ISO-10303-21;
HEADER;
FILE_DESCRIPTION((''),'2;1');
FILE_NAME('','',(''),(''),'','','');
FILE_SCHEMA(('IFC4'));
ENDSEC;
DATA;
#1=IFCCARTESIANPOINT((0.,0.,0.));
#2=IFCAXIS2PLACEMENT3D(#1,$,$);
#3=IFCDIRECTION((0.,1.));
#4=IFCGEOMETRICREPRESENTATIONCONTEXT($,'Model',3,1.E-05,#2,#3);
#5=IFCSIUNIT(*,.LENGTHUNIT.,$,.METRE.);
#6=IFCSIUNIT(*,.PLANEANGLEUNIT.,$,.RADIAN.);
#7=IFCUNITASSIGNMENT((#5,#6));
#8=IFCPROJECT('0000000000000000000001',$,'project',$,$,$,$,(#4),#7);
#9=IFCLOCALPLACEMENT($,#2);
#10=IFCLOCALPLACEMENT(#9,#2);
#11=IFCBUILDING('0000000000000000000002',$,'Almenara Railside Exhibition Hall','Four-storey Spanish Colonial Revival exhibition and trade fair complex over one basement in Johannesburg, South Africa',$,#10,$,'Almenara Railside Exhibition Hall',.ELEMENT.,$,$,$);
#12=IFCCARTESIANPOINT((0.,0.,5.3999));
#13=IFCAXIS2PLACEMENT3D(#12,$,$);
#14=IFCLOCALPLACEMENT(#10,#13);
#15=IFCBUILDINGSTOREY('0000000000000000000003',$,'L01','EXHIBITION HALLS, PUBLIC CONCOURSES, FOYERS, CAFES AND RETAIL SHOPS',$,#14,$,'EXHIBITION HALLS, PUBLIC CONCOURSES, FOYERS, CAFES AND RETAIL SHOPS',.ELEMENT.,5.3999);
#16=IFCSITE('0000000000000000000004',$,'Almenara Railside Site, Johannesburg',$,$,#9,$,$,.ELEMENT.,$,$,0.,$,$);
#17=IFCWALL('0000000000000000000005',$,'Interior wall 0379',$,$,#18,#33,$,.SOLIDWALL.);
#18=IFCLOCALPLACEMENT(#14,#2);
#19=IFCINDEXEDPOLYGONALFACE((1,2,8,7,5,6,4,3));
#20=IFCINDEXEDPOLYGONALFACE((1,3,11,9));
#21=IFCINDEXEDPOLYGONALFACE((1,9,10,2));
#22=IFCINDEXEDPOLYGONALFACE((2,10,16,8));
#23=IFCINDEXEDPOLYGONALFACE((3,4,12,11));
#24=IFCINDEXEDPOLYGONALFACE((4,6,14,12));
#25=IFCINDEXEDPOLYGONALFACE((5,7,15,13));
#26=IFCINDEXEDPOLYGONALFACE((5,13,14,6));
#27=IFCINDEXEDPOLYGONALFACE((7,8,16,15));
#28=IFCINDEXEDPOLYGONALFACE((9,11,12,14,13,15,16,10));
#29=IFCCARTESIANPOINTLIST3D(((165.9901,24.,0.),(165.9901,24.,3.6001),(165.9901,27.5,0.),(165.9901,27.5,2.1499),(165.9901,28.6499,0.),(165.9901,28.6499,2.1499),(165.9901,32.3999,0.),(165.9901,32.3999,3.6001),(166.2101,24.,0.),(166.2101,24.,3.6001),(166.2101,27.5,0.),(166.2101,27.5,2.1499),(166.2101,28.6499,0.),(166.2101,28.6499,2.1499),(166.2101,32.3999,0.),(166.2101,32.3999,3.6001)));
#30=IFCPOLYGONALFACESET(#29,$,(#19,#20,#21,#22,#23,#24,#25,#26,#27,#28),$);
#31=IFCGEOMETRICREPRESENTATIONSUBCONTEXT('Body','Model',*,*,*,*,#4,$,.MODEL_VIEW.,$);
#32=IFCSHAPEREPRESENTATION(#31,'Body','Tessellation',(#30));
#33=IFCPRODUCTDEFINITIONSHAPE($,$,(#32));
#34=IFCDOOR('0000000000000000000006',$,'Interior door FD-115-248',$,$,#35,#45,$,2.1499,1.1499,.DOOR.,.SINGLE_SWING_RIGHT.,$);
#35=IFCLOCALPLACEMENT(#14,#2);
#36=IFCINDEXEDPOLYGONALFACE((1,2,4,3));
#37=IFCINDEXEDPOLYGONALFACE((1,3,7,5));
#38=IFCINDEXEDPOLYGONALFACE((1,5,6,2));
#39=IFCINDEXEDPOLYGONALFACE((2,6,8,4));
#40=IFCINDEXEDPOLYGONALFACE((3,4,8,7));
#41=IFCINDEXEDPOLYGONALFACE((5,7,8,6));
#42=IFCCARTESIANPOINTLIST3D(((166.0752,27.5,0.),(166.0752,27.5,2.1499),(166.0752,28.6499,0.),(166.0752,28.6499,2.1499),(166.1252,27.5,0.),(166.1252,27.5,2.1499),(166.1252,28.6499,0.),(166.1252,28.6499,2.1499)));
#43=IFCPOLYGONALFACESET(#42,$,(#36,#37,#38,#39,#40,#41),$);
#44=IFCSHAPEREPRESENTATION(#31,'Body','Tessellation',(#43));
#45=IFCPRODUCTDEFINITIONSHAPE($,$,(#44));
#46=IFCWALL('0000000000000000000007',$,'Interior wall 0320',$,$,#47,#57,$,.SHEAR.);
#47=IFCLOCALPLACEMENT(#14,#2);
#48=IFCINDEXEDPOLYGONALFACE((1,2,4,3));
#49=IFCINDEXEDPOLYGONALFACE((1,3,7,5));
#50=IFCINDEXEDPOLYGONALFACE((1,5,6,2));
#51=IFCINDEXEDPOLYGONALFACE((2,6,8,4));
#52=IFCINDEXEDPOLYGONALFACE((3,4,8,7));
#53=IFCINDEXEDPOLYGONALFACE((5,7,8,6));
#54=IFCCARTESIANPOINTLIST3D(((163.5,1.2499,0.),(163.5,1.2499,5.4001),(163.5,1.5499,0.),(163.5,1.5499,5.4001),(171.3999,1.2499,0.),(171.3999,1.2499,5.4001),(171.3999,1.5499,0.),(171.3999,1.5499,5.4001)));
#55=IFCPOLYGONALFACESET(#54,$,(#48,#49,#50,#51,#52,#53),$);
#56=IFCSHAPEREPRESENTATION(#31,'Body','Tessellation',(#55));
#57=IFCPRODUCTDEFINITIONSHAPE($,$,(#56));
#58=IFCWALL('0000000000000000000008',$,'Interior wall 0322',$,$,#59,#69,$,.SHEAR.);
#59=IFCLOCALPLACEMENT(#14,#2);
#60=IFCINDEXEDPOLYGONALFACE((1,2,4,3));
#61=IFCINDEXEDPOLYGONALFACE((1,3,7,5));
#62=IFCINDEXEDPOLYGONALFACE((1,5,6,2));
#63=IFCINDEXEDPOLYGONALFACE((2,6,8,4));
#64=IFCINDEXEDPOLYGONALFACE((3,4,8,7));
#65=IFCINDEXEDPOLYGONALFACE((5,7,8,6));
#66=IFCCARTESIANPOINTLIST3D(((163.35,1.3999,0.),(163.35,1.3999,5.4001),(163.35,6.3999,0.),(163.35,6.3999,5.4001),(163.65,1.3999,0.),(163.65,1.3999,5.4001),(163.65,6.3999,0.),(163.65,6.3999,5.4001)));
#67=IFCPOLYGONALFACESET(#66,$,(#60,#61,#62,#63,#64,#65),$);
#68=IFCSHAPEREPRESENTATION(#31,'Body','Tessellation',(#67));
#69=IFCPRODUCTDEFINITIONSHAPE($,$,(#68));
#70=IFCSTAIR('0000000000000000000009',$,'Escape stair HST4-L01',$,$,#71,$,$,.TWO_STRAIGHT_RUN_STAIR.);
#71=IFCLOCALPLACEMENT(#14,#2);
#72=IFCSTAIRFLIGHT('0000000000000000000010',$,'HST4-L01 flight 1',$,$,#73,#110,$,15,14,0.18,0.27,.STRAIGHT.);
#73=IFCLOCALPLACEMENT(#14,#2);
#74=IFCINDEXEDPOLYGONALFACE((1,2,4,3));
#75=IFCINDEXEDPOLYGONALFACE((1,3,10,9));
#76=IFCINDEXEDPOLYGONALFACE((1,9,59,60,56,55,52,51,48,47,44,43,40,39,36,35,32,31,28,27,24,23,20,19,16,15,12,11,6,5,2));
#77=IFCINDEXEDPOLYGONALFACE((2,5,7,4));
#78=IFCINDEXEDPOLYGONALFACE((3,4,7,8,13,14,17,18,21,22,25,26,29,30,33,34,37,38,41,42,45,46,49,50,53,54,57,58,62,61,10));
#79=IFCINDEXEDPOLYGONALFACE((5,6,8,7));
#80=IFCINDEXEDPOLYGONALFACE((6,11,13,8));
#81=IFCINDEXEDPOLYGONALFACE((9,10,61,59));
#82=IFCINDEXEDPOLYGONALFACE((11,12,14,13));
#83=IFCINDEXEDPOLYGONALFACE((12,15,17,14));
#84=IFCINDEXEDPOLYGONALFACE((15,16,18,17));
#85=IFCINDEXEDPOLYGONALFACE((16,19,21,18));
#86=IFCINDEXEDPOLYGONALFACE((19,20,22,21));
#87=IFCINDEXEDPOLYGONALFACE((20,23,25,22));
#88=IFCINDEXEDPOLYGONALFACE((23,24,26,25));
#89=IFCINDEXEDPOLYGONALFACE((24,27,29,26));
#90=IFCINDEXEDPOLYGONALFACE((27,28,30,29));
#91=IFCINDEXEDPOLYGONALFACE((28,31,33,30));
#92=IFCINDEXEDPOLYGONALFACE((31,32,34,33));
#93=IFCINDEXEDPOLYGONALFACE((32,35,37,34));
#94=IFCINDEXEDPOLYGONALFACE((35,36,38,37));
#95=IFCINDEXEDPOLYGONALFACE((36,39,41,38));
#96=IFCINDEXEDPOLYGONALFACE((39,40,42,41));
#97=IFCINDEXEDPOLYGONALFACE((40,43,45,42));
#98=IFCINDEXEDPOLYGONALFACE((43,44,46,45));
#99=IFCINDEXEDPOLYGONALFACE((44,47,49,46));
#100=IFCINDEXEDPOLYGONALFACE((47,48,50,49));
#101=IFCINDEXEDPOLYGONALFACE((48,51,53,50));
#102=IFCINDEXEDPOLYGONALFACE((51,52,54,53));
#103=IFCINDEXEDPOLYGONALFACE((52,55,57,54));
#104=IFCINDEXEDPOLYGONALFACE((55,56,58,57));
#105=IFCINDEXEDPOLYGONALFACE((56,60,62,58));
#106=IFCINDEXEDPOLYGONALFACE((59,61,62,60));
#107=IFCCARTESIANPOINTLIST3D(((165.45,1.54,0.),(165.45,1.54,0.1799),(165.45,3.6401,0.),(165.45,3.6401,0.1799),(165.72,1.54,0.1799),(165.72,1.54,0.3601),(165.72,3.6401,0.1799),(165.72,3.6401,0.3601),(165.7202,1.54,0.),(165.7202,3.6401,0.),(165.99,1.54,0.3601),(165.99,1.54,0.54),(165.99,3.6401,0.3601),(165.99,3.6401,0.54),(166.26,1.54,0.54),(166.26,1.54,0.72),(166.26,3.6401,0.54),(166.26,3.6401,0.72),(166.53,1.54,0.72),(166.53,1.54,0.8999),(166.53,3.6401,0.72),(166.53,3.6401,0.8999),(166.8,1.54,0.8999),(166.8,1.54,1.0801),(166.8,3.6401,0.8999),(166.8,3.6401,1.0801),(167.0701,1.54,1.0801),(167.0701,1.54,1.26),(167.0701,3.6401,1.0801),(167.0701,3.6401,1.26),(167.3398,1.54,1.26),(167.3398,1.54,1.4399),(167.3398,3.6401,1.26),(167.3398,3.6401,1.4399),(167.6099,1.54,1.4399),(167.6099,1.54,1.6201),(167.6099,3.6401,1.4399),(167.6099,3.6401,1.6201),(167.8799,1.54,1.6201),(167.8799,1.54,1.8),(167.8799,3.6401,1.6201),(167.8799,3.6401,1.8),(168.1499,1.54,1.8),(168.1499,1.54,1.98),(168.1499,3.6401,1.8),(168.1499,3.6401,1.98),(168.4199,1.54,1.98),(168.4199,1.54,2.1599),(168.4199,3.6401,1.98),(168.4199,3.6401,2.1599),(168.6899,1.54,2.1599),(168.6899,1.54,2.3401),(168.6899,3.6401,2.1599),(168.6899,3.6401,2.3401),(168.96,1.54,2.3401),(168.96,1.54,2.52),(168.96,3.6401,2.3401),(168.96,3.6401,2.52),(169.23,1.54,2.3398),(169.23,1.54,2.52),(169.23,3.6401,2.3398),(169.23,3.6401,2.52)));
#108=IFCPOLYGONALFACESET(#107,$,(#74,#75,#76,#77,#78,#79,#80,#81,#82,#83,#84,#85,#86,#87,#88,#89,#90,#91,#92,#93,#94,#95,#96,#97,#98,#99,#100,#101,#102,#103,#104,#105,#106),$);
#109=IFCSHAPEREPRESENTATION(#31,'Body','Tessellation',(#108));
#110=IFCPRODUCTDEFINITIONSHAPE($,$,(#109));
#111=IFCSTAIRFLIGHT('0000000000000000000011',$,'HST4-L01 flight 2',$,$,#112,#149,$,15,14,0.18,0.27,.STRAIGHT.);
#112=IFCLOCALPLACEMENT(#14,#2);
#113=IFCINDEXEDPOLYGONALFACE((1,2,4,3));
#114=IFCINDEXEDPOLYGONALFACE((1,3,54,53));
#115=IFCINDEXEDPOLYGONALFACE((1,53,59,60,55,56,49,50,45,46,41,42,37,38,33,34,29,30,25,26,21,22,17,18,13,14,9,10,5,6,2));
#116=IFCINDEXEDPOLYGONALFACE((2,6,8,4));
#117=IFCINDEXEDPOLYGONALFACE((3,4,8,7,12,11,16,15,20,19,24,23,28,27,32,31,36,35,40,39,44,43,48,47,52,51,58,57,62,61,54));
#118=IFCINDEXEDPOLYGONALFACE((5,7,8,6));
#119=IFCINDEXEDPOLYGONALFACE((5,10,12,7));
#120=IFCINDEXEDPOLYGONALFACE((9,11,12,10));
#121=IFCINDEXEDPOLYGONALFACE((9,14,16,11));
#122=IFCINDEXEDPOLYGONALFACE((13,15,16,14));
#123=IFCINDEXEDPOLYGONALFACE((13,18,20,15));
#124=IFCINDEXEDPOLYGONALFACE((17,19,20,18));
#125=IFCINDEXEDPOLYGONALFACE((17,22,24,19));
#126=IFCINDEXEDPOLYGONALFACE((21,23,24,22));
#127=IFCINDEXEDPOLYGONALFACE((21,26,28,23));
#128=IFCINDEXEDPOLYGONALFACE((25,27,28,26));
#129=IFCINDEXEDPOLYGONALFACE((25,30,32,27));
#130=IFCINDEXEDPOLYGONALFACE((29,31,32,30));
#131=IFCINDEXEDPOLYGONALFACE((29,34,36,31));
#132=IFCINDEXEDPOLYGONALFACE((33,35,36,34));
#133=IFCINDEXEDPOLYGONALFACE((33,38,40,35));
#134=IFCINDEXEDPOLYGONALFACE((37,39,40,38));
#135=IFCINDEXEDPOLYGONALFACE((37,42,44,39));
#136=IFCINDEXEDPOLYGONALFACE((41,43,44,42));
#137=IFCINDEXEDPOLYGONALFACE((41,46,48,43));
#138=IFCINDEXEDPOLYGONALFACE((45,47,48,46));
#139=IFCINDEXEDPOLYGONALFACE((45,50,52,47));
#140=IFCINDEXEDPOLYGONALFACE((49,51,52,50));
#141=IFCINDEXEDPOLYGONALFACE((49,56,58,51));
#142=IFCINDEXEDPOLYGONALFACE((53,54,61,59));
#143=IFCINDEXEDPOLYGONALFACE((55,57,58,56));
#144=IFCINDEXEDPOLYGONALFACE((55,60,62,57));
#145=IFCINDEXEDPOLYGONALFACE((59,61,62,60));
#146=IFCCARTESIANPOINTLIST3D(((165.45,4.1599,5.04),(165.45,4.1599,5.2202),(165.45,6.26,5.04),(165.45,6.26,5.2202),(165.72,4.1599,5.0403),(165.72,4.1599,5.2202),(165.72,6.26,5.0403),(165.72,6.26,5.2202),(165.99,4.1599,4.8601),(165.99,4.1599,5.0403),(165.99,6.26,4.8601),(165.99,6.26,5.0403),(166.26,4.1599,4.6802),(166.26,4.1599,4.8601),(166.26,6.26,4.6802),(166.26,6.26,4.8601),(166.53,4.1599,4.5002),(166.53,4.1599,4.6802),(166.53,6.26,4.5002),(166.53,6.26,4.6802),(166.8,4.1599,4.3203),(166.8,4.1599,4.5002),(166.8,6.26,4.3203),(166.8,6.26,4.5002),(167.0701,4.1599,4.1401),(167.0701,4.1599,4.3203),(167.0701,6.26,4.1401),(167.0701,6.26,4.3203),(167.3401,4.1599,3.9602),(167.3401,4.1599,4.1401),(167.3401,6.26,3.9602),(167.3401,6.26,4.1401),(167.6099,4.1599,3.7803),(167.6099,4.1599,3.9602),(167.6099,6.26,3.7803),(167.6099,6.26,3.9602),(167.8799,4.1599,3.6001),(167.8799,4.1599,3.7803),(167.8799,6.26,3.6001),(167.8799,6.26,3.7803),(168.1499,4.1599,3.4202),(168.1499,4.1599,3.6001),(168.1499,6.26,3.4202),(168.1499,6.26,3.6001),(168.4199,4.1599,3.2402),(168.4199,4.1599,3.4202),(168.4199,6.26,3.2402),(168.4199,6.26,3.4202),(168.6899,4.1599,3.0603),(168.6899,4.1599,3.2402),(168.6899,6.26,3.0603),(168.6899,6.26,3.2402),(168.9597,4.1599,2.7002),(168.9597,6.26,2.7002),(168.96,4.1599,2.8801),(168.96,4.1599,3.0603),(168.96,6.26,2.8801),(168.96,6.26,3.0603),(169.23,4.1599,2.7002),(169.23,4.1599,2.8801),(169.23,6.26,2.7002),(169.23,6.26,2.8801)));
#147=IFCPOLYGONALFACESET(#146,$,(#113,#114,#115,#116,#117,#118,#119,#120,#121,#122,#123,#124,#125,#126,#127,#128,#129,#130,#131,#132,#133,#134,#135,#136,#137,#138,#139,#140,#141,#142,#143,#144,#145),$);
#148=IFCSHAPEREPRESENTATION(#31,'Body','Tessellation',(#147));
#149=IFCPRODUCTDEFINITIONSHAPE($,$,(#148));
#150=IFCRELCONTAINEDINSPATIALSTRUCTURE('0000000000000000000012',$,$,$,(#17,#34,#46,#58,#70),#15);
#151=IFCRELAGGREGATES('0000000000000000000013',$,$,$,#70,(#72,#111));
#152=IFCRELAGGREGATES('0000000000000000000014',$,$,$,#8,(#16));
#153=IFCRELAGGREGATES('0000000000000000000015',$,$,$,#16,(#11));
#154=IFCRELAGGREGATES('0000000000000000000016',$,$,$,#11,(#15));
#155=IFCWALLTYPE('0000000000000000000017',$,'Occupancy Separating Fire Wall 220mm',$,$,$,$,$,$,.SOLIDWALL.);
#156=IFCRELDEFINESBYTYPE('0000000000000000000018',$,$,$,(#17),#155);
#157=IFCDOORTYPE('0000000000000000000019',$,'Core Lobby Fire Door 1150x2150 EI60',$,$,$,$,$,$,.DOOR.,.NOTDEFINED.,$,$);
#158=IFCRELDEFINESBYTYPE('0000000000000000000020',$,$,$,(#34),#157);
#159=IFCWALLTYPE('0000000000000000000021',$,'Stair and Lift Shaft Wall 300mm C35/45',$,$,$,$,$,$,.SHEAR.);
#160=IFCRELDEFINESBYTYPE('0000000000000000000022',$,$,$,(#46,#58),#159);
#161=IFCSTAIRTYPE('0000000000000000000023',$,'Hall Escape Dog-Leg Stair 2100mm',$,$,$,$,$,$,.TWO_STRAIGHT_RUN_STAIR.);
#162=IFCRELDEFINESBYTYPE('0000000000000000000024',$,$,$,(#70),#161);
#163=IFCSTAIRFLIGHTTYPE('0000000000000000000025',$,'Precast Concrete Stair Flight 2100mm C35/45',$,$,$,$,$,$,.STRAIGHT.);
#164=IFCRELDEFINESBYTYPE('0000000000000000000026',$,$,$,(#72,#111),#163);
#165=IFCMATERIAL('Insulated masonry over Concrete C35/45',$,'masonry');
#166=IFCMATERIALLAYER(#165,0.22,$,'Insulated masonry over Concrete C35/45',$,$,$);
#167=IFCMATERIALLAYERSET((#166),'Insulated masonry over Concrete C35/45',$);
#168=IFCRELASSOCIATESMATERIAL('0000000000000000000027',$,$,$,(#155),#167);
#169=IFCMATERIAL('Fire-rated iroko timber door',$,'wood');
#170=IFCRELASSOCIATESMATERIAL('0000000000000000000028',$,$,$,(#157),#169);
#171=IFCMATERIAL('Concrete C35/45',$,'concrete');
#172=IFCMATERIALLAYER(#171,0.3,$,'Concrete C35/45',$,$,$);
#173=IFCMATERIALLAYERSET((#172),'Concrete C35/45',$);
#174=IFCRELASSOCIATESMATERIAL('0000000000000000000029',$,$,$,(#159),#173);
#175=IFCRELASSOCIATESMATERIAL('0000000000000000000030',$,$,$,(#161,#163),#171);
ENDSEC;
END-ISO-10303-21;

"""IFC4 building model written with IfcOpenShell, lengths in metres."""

from ifc_helpers import new_model, si_unit, direction, frame, frame_2d, origin, place, context, subcontext, project, spatial, polyline, rectangle, outline, extrude, material, layer, layer_set, type_object, element, fill, aggregate, save


model = new_model("IFC4")

# Units and contexts
model_context = context("Model", 3, precision=1e-05, world=origin(), true_north=direction((0.0, 1.0)))
body_context = subcontext(model_context, "Body", "Model", "MODEL_VIEW")
ifc_project = project(units=[si_unit("LENGTHUNIT", "METRE"), si_unit("PLANEANGLEUNIT", "RADIAN")], contexts=[model_context])

# Site, building, storey
site_placement = place(None, origin())
site = spatial("IfcSite", under=ifc_project, at=site_placement, Name="Almenara Railside Site, Johannesburg", CompositionType="ELEMENT", RefElevation=0.0)
building_placement = place(site_placement, origin())
building = spatial("IfcBuilding", under=site, at=building_placement, Name="Almenara Railside Exhibition Hall", Description="Four-storey Spanish Colonial Revival exhibition and trade fair complex over one basement in Johannesburg, South Africa", LongName="Almenara Railside Exhibition Hall", CompositionType="ELEMENT")
storey_placement = place(building_placement, frame((0.0, 0.0, 5.3999)))
storey = spatial("IfcBuildingStorey", under=building, at=storey_placement, Name="L01", Description="EXHIBITION HALLS, PUBLIC CONCOURSES, FOYERS, CAFES AND RETAIL SHOPS", LongName="EXHIBITION HALLS, PUBLIC CONCOURSES, FOYERS, CAFES AND RETAIL SHOPS", CompositionType="ELEMENT", Elevation=5.3999)

# Shared definitions
ifc_material_1 = material(Name="Concrete C35/45", Category="concrete")

# Wall, opening, door
ifc_material_2 = material(Name="Insulated masonry over Concrete C35/45", Category="masonry")
ifc_layer_1 = layer(ifc_material_2, 0.22, Name="Insulated masonry over Concrete C35/45")
ifc_layer_set_1 = layer_set([ifc_layer_1], Name="Insulated masonry over Concrete C35/45")
wall_type_1 = type_object("IfcWallType", Name="Occupancy Separating Fire Wall 220mm", PredefinedType="SOLIDWALL", material=ifc_layer_set_1)
wall_1_placement = place(storey_placement, frame((166.1001, 24.0, 0.0), z_axis=(0.0, 0.0, 1.0), x_axis=(0.0, 1.0, 0.0)))
wall_1 = element("IfcWall", 1, at=wall_1_placement, inside=storey, type_object=wall_type_1, Name="Interior wall 0379", PredefinedType="SOLIDWALL", context=body_context, shape_type="SweptSolid", body=[
    extrude(rectangle(XDim=8.3999, YDim=0.22, at=frame_2d((4.2, 0.0))), origin(), (0.0, 0.0, 1.0), 3.6001),
])
opening_1_placement = place(wall_1_placement, frame((3.5, 0.0, 0.0)))
opening_1 = element("IfcOpeningElement", 2, at=opening_1_placement, cuts=wall_1, PredefinedType="OPENING", context=body_context, shape_type="SweptSolid", body=[
    extrude(rectangle(XDim=1.1499, YDim=2.1499, at=frame_2d((0.575, 1.075))), frame((0.0, 0.1199, 0.0), z_axis=(0.0, -1.0, 0.0), x_axis=(1.0, 0.0, 0.0)), (0.0, 0.0, 1.0), 0.24),
])
ifc_material_3 = material(Name="Fire-rated iroko timber door", Category="wood")
door_type = type_object("IfcDoorType", Name="Core Lobby Fire Door 1150x2150 EI60", OperationType="NOTDEFINED", PredefinedType="DOOR", material=ifc_material_3)
door_placement = place(opening_1_placement, origin())
door = element("IfcDoor", 3, at=door_placement, inside=storey, type_object=door_type, Name="Interior door FD-115-248", OperationType="SINGLE_SWING_RIGHT", OverallHeight=2.1499, OverallWidth=1.1499, PredefinedType="DOOR", context=body_context, shape_type="SweptSolid", body=[
    extrude(rectangle(XDim=1.1499, YDim=2.1499, at=frame_2d((0.575, 1.075))), frame((0.0, 0.0249, 0.0), z_axis=(0.0, -1.0, 0.0), x_axis=(1.0, 0.0, 0.0)), (0.0, 0.0, 1.0), 0.05),
])
fill(opening_1, door)

# Walls
ifc_layer_2 = layer(ifc_material_1, 0.3, Name="Concrete C35/45")
ifc_layer_set_2 = layer_set([ifc_layer_2], Name="Concrete C35/45")
wall_type_2 = type_object("IfcWallType", Name="Stair and Lift Shaft Wall 300mm C35/45", PredefinedType="SHEAR", material=ifc_layer_set_2)
wall_2_placement = place(storey_placement, frame((163.5, 1.3999, 0.0), z_axis=(0.0, 0.0, 1.0), x_axis=(1.0, 0.0, 0.0)))
element("IfcWall", 4, at=wall_2_placement, inside=storey, type_object=wall_type_2, Name="Interior wall 0320", PredefinedType="SHEAR", context=body_context, shape_type="SweptSolid", body=[
    extrude(rectangle(XDim=7.8999, YDim=0.3, at=frame_2d((3.95, 0.0))), origin(), (0.0, 0.0, 1.0), 5.4001),
])
wall_3_placement = place(storey_placement, frame((163.5, 6.3999, 0.0), z_axis=(0.0, 0.0, 1.0), x_axis=(0.0, -1.0, 0.0)))
element("IfcWall", 5, at=wall_3_placement, inside=storey, type_object=wall_type_2, Name="Interior wall 0322", PredefinedType="SHEAR", context=body_context, shape_type="SweptSolid", body=[
    extrude(rectangle(XDim=5.0, YDim=0.3, at=frame_2d((2.5, 0.0))), origin(), (0.0, 0.0, 1.0), 5.4001),
])

# Stair, stair flights
stair_type = type_object("IfcStairType", Name="Hall Escape Dog-Leg Stair 2100mm", PredefinedType="TWO_STRAIGHT_RUN_STAIR", material=ifc_material_1)
stair_placement = place(storey_placement, origin())
stair = element("IfcStair", 6, at=stair_placement, inside=storey, type_object=stair_type, Name="Escape stair HST4-L01", PredefinedType="TWO_STRAIGHT_RUN_STAIR")
stair_flight_type = type_object("IfcStairFlightType", Name="Precast Concrete Stair Flight 2100mm C35/45", PredefinedType="STRAIGHT", material=ifc_material_1)
stair_flight_1_placement = place(storey_placement, frame((165.45, 2.5901, 0.0), z_axis=(0.0, 0.0, 1.0), x_axis=(1.0, 0.0, 0.0)))
stair_flight_1 = element("IfcStairFlight", 7, at=stair_flight_1_placement, type_object=stair_flight_type, Name="HST4-L01 flight 1", NumberOfRisers=15, NumberOfTreads=14, PredefinedType="STRAIGHT", RiserHeight=0.18, TreadLength=0.27, context=body_context, shape_type="SweptSolid", body=[
    extrude(outline(polyline([(0.0, 0.0), (0.0, 0.1799), (0.27, 0.1799), (0.27, 0.3601), (0.54, 0.3601), (0.54, 0.54), (0.8101, 0.54), (0.8101, 0.72), (1.0801, 0.72), (1.0801, 0.8999), (1.3501, 0.8999), (1.3501, 1.0801), (1.6201, 1.0801), (1.6201, 1.26), (1.8899, 1.26), (1.8899, 1.4399), (2.1599, 1.4399), (2.1599, 1.6201), (2.4299, 1.6201), (2.4299, 1.8), (2.7, 1.8), (2.7, 1.98), (2.97, 1.98), (2.97, 2.1599), (3.24, 2.1599), (3.24, 2.3401), (3.51, 2.3401), (3.51, 2.52), (3.78, 2.52), (3.78, 2.7), (3.78, 2.3398), (0.2703, 0.0), (0.0, 0.0)])), frame((0.0, 1.05, 0.0), z_axis=(0.0, -1.0, 0.0), x_axis=(1.0, 0.0, 0.0)), (0.0, 0.0, 1.0), 2.1001),
])
stair_flight_2_placement = place(storey_placement, frame((169.23, 5.21, 2.7002), z_axis=(0.0, 0.0, 1.0), x_axis=(-1.0, 0.0, 0.0)))
stair_flight_2 = element("IfcStairFlight", 8, at=stair_flight_2_placement, type_object=stair_flight_type, Name="HST4-L01 flight 2", NumberOfRisers=15, NumberOfTreads=14, PredefinedType="STRAIGHT", RiserHeight=0.18, TreadLength=0.27, context=body_context, shape_type="SweptSolid", body=[
    extrude(outline(polyline([(0.0, 0.0), (0.0, 0.1799), (0.27, 0.1799), (0.27, 0.3601), (0.54, 0.3601), (0.54, 0.54), (0.8101, 0.54), (0.8101, 0.72), (1.0801, 0.72), (1.0801, 0.8999), (1.3501, 0.8999), (1.3501, 1.0801), (1.6201, 1.0801), (1.6201, 1.26), (1.8899, 1.26), (1.8899, 1.4399), (2.1599, 1.4399), (2.1599, 1.6201), (2.4299, 1.6201), (2.4299, 1.8), (2.7, 1.8), (2.7, 1.98), (2.97, 1.98), (2.97, 2.1599), (3.24, 2.1599), (3.24, 2.3401), (3.51, 2.3401), (3.51, 2.52), (3.78, 2.52), (3.78, 2.7), (3.78, 2.3398), (0.2703, 0.0), (0.0, 0.0)])), frame((0.0, 1.05, 0.0), z_axis=(0.0, -1.0, 0.0), x_axis=(1.0, 0.0, 0.0)), (0.0, 0.0, 1.0), 2.1001),
])
aggregate(stair, [stair_flight_1, stair_flight_2])

save(model, "model.ifc")
